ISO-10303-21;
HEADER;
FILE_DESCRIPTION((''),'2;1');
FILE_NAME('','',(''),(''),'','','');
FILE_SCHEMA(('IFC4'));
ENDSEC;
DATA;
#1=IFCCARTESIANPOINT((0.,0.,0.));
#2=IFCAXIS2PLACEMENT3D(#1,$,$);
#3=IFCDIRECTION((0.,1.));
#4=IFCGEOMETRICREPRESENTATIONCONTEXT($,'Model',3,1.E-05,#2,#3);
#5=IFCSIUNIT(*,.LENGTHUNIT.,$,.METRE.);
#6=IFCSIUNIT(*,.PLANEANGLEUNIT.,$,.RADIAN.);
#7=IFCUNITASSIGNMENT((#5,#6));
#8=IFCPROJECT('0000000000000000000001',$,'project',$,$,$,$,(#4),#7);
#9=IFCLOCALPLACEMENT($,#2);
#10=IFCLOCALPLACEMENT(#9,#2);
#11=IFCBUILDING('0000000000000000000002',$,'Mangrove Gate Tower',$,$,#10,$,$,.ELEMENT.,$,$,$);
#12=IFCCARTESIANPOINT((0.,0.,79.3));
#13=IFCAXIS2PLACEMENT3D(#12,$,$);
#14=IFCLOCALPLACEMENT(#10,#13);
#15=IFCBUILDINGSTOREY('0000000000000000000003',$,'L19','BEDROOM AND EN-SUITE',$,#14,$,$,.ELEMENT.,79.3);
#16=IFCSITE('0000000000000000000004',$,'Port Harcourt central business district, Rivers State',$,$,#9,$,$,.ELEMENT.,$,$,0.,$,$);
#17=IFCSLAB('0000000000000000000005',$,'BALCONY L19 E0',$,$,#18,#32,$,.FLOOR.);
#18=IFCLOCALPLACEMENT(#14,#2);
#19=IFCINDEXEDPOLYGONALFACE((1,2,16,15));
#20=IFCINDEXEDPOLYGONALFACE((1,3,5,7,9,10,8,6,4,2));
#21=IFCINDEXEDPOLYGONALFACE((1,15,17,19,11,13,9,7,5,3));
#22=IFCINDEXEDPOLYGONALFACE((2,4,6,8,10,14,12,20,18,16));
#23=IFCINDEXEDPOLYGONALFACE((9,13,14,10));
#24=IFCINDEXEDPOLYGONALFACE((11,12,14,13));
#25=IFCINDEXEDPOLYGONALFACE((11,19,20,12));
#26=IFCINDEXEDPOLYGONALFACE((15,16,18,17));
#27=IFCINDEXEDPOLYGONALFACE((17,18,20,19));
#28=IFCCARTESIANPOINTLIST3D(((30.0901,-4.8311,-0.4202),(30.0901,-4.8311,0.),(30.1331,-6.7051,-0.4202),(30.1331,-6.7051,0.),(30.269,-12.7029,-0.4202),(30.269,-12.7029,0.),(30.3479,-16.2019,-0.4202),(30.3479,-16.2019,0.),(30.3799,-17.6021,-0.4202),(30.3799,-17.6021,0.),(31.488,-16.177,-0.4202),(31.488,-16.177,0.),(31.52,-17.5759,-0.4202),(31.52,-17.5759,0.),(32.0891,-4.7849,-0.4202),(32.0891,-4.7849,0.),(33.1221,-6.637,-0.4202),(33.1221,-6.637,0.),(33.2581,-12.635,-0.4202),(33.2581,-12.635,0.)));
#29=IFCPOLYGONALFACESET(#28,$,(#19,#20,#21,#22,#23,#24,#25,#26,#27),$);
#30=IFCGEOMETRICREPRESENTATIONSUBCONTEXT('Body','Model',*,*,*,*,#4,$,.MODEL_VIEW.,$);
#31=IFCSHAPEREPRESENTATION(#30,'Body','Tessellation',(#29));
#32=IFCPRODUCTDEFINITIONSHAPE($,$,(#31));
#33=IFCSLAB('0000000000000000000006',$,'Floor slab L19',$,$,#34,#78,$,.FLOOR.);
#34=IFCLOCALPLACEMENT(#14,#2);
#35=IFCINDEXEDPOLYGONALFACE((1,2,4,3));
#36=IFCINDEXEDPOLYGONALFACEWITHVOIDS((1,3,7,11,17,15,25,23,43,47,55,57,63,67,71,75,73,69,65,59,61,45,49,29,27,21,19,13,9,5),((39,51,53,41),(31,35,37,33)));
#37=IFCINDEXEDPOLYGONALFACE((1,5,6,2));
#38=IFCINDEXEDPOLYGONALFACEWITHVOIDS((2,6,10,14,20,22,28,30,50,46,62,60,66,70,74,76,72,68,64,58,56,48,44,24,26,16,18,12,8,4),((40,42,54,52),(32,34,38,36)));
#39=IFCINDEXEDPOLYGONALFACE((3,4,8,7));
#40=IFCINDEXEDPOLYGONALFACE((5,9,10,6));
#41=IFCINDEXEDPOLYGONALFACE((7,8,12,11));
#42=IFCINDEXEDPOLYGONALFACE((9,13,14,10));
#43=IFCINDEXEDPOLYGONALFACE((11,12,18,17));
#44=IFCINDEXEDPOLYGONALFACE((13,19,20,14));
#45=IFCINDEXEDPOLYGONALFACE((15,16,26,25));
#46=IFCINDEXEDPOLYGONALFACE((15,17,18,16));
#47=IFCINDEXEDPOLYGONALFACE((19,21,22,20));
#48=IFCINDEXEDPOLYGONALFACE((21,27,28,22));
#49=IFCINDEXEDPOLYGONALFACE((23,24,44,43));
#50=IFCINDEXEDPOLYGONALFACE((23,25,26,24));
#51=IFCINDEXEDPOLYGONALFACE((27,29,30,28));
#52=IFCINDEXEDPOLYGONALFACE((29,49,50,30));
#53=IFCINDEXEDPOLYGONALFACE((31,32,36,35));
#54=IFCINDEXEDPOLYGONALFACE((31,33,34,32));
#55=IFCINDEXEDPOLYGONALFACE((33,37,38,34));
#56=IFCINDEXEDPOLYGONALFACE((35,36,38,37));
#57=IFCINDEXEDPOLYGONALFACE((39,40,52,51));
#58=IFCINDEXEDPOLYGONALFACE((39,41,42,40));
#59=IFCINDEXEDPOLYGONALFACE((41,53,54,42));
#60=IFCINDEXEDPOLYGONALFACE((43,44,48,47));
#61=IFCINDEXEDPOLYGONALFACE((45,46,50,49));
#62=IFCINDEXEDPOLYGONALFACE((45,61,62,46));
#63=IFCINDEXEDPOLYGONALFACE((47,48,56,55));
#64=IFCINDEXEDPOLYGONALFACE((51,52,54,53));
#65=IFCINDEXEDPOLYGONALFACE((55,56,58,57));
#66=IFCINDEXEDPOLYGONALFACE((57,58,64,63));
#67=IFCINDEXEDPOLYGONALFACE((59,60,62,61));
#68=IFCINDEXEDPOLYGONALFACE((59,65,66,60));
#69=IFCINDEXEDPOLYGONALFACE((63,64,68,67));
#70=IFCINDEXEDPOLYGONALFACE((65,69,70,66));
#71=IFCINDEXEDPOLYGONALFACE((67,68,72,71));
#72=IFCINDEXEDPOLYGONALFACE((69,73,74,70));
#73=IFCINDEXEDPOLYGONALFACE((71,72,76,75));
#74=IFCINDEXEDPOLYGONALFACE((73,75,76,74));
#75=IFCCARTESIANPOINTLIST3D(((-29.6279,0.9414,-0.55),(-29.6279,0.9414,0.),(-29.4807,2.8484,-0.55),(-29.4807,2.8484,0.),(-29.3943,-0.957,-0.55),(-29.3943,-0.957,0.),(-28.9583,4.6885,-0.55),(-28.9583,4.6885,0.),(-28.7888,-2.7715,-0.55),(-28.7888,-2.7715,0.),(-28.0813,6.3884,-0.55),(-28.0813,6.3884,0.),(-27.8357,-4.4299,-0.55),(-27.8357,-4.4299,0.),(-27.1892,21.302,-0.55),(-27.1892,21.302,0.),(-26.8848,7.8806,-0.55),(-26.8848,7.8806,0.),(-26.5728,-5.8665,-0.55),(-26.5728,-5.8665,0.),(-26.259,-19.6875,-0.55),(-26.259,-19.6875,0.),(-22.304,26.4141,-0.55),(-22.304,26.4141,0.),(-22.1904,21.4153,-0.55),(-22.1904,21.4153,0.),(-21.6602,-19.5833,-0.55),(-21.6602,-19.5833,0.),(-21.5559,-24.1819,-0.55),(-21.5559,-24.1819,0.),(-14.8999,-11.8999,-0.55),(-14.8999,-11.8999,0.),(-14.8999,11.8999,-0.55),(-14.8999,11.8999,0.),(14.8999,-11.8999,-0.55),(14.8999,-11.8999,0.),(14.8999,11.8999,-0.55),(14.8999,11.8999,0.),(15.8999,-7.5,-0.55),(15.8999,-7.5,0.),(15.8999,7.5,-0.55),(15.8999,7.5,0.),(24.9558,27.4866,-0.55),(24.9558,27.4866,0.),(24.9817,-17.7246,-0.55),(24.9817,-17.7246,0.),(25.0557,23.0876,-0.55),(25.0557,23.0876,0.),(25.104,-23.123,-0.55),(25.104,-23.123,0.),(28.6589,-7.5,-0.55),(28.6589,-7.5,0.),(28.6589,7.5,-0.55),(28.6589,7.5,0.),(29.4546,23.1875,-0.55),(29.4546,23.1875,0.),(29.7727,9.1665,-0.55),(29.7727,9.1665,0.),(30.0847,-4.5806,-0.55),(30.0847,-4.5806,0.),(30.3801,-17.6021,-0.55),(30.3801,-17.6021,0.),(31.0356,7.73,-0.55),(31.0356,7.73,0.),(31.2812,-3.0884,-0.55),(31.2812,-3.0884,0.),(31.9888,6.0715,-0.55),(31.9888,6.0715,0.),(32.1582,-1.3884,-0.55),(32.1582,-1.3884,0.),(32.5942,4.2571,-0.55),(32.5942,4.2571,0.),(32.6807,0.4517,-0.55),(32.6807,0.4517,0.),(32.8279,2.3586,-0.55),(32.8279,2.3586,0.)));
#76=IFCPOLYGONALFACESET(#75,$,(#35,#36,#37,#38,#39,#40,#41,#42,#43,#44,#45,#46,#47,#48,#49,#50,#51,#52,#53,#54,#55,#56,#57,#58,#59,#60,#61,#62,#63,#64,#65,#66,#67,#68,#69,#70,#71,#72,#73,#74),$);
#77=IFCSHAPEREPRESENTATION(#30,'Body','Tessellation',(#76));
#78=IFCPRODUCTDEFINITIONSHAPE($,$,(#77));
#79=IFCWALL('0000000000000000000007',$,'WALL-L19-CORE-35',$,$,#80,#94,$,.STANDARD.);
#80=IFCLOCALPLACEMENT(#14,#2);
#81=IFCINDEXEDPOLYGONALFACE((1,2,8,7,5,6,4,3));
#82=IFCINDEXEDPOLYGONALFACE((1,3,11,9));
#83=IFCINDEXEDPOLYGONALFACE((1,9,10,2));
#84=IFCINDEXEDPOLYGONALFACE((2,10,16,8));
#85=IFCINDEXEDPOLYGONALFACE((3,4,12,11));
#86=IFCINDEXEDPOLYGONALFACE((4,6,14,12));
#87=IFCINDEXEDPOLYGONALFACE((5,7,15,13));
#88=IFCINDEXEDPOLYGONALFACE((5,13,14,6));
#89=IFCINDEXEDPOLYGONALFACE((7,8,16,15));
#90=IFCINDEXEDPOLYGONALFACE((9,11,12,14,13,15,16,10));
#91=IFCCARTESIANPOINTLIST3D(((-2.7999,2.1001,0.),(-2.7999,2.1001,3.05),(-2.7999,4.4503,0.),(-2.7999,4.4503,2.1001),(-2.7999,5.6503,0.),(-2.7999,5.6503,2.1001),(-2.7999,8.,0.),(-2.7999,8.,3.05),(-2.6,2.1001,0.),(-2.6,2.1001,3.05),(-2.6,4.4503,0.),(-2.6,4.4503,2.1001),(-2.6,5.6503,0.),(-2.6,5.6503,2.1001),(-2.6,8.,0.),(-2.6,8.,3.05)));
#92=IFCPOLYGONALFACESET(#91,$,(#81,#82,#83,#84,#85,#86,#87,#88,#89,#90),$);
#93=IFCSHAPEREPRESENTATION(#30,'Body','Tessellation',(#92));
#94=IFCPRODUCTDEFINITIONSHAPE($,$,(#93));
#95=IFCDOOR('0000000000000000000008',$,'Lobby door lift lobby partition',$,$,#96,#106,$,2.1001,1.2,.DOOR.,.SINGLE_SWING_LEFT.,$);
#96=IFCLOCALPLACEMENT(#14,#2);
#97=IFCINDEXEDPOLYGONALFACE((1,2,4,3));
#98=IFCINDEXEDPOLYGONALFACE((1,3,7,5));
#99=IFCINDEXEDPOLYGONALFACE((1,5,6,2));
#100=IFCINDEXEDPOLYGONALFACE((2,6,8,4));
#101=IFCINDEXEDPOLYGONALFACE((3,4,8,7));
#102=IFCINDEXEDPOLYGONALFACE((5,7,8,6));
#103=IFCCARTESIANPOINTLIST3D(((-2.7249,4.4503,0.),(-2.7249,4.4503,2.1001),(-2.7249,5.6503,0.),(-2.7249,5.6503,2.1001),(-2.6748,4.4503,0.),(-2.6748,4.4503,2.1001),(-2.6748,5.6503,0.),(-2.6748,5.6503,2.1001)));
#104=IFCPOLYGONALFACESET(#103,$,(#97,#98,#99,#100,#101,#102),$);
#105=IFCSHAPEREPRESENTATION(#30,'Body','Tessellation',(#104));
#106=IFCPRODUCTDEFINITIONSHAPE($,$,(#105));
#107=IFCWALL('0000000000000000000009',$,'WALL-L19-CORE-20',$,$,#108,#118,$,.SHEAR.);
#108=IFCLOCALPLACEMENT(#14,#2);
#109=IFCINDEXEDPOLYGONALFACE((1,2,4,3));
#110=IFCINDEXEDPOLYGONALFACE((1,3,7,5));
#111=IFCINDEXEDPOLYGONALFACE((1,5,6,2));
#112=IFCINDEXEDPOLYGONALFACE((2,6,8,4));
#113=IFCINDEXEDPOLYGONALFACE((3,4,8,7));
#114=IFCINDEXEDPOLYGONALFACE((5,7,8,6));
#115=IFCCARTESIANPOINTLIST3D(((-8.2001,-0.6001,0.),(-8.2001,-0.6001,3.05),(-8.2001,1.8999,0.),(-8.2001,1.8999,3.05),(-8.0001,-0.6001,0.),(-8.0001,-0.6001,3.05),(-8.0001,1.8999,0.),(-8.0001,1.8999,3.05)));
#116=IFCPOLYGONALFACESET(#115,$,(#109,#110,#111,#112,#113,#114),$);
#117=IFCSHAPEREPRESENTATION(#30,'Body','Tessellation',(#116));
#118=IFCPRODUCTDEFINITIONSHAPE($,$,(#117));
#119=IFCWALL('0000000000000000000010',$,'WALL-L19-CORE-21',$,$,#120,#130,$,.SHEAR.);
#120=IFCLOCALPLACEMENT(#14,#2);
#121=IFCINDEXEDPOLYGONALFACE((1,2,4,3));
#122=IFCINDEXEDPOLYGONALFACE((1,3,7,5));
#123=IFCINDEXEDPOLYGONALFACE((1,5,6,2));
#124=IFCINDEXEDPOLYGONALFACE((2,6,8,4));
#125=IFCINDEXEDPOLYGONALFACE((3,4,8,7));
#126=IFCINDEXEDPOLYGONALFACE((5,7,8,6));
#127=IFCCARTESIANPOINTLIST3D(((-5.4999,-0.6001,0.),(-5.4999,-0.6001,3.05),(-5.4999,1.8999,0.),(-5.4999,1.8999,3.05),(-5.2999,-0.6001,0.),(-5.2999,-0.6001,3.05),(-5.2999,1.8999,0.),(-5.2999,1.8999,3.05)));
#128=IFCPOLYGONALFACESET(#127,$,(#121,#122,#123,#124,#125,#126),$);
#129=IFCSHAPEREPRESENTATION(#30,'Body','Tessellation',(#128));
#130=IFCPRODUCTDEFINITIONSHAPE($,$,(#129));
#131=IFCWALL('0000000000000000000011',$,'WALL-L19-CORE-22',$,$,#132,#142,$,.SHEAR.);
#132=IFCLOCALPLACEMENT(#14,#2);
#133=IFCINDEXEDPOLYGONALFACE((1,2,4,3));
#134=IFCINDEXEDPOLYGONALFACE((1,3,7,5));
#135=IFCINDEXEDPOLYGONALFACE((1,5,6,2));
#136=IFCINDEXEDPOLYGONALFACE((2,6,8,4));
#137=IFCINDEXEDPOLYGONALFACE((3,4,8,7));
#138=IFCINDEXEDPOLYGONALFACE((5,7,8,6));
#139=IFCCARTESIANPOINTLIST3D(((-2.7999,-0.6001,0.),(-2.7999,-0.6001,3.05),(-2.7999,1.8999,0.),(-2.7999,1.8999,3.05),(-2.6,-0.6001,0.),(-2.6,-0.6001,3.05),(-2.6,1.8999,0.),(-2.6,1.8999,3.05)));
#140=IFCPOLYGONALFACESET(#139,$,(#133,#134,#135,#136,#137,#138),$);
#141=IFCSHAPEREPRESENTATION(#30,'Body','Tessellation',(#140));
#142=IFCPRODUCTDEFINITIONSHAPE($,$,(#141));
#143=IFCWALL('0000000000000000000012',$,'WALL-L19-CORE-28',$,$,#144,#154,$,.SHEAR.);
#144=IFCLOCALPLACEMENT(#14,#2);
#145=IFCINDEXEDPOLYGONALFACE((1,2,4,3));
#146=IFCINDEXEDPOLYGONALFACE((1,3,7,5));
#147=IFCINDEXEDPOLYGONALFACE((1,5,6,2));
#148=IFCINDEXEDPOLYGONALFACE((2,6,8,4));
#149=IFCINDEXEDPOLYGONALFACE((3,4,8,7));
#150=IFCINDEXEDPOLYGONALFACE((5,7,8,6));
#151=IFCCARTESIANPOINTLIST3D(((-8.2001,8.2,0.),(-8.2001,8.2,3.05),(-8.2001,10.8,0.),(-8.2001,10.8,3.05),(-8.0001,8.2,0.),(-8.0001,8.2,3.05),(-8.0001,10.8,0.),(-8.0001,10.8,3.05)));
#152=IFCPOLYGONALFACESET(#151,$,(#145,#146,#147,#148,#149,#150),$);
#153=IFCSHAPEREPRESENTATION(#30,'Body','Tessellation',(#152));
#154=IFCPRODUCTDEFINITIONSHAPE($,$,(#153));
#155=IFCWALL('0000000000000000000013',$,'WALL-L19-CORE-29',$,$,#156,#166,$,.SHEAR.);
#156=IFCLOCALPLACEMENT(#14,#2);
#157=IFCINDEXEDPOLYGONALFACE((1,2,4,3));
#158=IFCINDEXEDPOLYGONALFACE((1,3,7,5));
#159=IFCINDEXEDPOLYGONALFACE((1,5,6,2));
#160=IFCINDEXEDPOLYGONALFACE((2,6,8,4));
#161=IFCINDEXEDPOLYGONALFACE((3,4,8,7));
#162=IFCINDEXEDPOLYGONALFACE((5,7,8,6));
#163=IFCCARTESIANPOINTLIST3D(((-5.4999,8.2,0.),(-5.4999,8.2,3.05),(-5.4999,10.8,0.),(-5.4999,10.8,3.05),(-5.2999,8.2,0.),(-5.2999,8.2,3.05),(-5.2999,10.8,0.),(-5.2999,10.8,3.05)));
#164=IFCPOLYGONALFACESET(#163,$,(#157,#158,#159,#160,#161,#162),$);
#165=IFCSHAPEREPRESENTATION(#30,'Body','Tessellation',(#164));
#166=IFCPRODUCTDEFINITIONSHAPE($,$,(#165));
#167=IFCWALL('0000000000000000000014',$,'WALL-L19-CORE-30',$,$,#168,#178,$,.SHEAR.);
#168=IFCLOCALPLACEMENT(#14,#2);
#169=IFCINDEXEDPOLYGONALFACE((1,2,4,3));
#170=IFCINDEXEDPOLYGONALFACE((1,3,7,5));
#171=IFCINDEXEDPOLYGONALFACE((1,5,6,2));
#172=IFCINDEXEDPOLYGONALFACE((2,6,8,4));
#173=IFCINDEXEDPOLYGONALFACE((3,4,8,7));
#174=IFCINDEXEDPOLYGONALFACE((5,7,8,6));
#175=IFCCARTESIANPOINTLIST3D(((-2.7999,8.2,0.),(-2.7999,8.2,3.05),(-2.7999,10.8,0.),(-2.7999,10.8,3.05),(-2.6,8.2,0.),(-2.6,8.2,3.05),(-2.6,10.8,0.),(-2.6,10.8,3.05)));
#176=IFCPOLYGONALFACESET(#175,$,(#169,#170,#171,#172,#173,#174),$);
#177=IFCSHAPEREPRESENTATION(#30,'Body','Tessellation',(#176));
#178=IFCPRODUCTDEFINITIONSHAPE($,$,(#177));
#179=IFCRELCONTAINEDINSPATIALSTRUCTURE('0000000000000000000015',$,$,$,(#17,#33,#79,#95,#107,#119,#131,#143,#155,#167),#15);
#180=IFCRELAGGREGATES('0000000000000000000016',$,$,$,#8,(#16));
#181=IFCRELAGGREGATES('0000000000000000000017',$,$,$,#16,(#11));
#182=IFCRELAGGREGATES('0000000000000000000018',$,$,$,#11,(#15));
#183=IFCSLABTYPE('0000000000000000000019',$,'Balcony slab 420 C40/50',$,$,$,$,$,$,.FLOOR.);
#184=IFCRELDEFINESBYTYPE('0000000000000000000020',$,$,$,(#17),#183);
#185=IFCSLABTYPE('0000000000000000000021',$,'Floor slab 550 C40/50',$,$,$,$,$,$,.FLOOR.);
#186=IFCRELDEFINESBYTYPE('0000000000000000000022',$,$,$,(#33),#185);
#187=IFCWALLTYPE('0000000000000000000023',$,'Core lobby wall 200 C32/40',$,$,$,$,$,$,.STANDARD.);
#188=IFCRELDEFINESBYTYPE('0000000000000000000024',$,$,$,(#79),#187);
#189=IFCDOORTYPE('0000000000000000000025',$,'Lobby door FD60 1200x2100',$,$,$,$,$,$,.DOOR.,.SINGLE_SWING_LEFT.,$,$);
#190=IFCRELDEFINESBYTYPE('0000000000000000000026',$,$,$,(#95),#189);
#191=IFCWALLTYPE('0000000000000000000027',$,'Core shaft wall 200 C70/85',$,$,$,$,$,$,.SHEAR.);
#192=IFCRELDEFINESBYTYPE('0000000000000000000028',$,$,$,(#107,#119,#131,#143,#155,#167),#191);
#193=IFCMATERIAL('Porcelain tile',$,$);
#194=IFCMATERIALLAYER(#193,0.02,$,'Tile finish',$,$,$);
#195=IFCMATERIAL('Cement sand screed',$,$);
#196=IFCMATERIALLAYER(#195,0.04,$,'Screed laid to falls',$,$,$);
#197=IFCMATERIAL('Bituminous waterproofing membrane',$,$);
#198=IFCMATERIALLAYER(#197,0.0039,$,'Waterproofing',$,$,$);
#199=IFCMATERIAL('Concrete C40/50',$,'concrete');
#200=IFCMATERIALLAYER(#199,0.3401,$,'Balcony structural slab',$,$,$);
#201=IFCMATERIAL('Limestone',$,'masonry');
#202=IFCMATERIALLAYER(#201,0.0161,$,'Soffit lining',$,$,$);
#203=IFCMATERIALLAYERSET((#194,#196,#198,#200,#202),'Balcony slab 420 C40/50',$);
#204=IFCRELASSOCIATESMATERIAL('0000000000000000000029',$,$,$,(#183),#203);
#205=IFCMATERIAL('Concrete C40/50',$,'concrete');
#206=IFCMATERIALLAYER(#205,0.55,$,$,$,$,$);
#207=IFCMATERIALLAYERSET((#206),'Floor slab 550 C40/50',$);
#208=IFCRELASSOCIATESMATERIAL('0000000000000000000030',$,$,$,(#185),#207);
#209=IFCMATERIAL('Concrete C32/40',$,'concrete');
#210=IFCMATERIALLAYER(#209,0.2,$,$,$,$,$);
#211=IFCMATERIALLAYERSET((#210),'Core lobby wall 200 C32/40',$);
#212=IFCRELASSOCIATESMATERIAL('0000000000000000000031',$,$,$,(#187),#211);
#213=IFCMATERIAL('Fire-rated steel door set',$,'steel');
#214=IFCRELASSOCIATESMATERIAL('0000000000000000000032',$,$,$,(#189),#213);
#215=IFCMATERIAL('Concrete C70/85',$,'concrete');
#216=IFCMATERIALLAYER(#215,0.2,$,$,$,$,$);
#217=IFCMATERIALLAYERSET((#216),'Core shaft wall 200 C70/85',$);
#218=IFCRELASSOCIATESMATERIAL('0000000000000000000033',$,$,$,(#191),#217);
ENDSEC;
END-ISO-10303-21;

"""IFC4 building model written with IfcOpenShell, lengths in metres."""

from ifc_helpers import new_model, si_unit, direction, frame, frame_2d, origin, place, context, subcontext, project, spatial, polyline, rectangle, outline, extrude, material, layer, layer_set, type_object, element, fill, save


model = new_model("IFC4")

# Units and contexts
model_context = context("Model", 3, precision=1e-05, world=origin(), true_north=direction((0.0, 1.0)))
body_context = subcontext(model_context, "Body", "Model", "MODEL_VIEW")
ifc_project = project(units=[si_unit("LENGTHUNIT", "METRE"), si_unit("PLANEANGLEUNIT", "RADIAN")], contexts=[model_context])

# Site, building, storey
site_placement = place(None, origin())
site = spatial("IfcSite", under=ifc_project, at=site_placement, Name="Port Harcourt central business district, Rivers State", CompositionType="ELEMENT", RefElevation=0.0)
building_placement = place(site_placement, origin())
building = spatial("IfcBuilding", under=site, at=building_placement, Name="Mangrove Gate Tower", CompositionType="ELEMENT")
storey_placement = place(building_placement, frame((0.0, 0.0, 79.3)))
storey = spatial("IfcBuildingStorey", under=building, at=storey_placement, Name="L19", Description="BEDROOM AND EN-SUITE", CompositionType="ELEMENT", Elevation=79.3)

# Slabs
ifc_material_1 = material(Name="Porcelain tile")
ifc_layer_1 = layer(ifc_material_1, 0.02, Name="Tile finish")
ifc_material_2 = material(Name="Cement sand screed")
ifc_layer_2 = layer(ifc_material_2, 0.04, Name="Screed laid to falls")
ifc_material_3 = material(Name="Bituminous waterproofing membrane")
ifc_layer_3 = layer(ifc_material_3, 0.0039, Name="Waterproofing")
ifc_material_4 = material(Name="Concrete C40/50", Category="concrete")
ifc_layer_4 = layer(ifc_material_4, 0.3401, Name="Balcony structural slab")
ifc_material_5 = material(Name="Limestone", Category="masonry")
ifc_layer_5 = layer(ifc_material_5, 0.0161, Name="Soffit lining")
ifc_layer_set_1 = layer_set([ifc_layer_1, ifc_layer_2, ifc_layer_3, ifc_layer_4, ifc_layer_5], Name="Balcony slab 420 C40/50")
slab_type_1 = type_object("IfcSlabType", Name="Balcony slab 420 C40/50", PredefinedType="FLOOR", material=ifc_layer_set_1)
slab_1_placement = place(storey_placement, frame((0.0, 0.0, -0.4202)))
element("IfcSlab", 1, at=slab_1_placement, inside=storey, type_object=slab_type_1, Name="BALCONY L19 E0", PredefinedType="FLOOR", context=body_context, shape_type="SweptSolid", body=[
    extrude(outline(polyline([(31.52, -17.5759), (31.488, -16.177), (33.2581, -12.635), (33.1221, -6.637), (32.0891, -4.7849), (30.0901, -4.8311), (30.1331, -6.7051), (30.269, -12.7029), (30.3479, -16.2019), (30.3799, -17.6021), (31.52, -17.5759)])), origin(), (0.0, 0.0, 1.0), 0.4202),
])
ifc_material_6 = material(Name="Concrete C40/50", Category="concrete")
ifc_layer_6 = layer(ifc_material_6, 0.55)
ifc_layer_set_2 = layer_set([ifc_layer_6], Name="Floor slab 550 C40/50")
slab_type_2 = type_object("IfcSlabType", Name="Floor slab 550 C40/50", PredefinedType="FLOOR", material=ifc_layer_set_2)
slab_2_placement = place(storey_placement, frame((0.0, 0.0, -0.55)))
element("IfcSlab", 2, at=slab_2_placement, inside=storey, type_object=slab_type_2, Name="Floor slab L19", PredefinedType="FLOOR", context=body_context, shape_type="SweptSolid", body=[
    extrude(outline(polyline([(-21.5559, -24.1819), (25.104, -23.123), (24.9817, -17.7246), (30.3801, -17.6021), (30.0847, -4.5806), (31.2812, -3.0884), (32.1582, -1.3884), (32.6807, 0.4517), (32.8279, 2.3586), (32.5942, 4.2571), (31.9888, 6.0715), (31.0356, 7.73), (29.7727, 9.1665), (29.4546, 23.1875), (25.0557, 23.0876), (24.9558, 27.4866), (-22.304, 26.4141), (-22.1904, 21.4153), (-27.1892, 21.302), (-26.8848, 7.8806), (-28.0813, 6.3884), (-28.9583, 4.6885), (-29.4807, 2.8484), (-29.6279, 0.9414), (-29.3943, -0.957), (-28.7888, -2.7715), (-27.8357, -4.4299), (-26.5728, -5.8665), (-26.259, -19.6875), (-21.6602, -19.5833), (-21.5559, -24.1819)]), holes=[polyline([(15.8999, 7.5), (28.6589, 7.5), (28.6589, -7.5), (15.8999, -7.5), (15.8999, 7.5)]), polyline([(-14.8999, -11.8999), (-14.8999, 11.8999), (14.8999, 11.8999), (14.8999, -11.8999), (-14.8999, -11.8999)])]), origin(), (0.0, 0.0, 1.0), 0.55),
])

# Wall, opening, door
ifc_material_7 = material(Name="Concrete C32/40", Category="concrete")
ifc_layer_7 = layer(ifc_material_7, 0.2)
ifc_layer_set_3 = layer_set([ifc_layer_7], Name="Core lobby wall 200 C32/40")
wall_type_1 = type_object("IfcWallType", Name="Core lobby wall 200 C32/40", PredefinedType="STANDARD", material=ifc_layer_set_3)
wall_placement = place(storey_placement, frame((-2.7, 2.1001, 0.0), z_axis=(0.0, 0.0, 1.0), x_axis=(0.0, 1.0, 0.0)))
wall = element("IfcWall", 3, at=wall_placement, inside=storey, type_object=wall_type_1, Name="WALL-L19-CORE-35", PredefinedType="STANDARD", context=body_context, shape_type="SweptSolid", body=[
    extrude(rectangle(XDim=5.8999, YDim=0.2, at=frame_2d((2.95, 0.0))), origin(), (0.0, 0.0, 1.0), 3.05),
])
opening_placement = place(wall_placement, frame((2.3501, 0.0, 0.0)))
opening = element("IfcOpeningElement", 4, at=opening_placement, cuts=wall, PredefinedType="OPENING", context=body_context, shape_type="SweptSolid", body=[
    extrude(rectangle(XDim=1.2, YDim=2.1001, at=frame_2d((0.6001, 1.05))), frame((0.0, 0.1099, 0.0), z_axis=(0.0, -1.0, 0.0), x_axis=(1.0, 0.0, 0.0)), (0.0, 0.0, 1.0), 0.22),
])
ifc_material_8 = material(Name="Fire-rated steel door set", Category="steel")
door_type = type_object("IfcDoorType", Name="Lobby door FD60 1200x2100", OperationType="SINGLE_SWING_LEFT", PredefinedType="DOOR", material=ifc_material_8)
door_placement = place(opening_placement, origin())
door = element("IfcDoor", 5, at=door_placement, inside=storey, type_object=door_type, Name="Lobby door lift lobby partition", OperationType="SINGLE_SWING_LEFT", OverallHeight=2.1001, OverallWidth=1.2, PredefinedType="DOOR", context=body_context, shape_type="SweptSolid", body=[
    extrude(rectangle(XDim=1.2, YDim=2.1001, at=frame_2d((0.6001, 1.05))), frame((0.0, 0.0249, 0.0), z_axis=(0.0, -1.0, 0.0), x_axis=(1.0, 0.0, 0.0)), (0.0, 0.0, 1.0), 0.05),
])
fill(opening, door)

# Walls
ifc_material_9 = material(Name="Concrete C70/85", Category="concrete")
ifc_layer_8 = layer(ifc_material_9, 0.2)
ifc_layer_set_4 = layer_set([ifc_layer_8], Name="Core shaft wall 200 C70/85")
wall_type_2 = type_object("IfcWallType", Name="Core shaft wall 200 C70/85", PredefinedType="SHEAR", material=ifc_layer_set_4)
for number, where, z_axis, x_axis, name in (
    (6, (-8.1001, -0.6001, 0.0), (0.0, 0.0, 1.0), (0.0, 1.0, 0.0), "WALL-L19-CORE-20"),
    (7, (-5.3999, -0.6001, 0.0), (0.0, 0.0, 1.0), (0.0, 1.0, 0.0), "WALL-L19-CORE-21"),
    (8, (-2.7, -0.6001, 0.0), (0.0, 0.0, 1.0), (0.0, 1.0, 0.0), "WALL-L19-CORE-22"),
):
    element("IfcWall", number, at=place(storey_placement, frame(where, z_axis=z_axis, x_axis=x_axis)), inside=storey, type_object=wall_type_2, Name=name, PredefinedType="SHEAR", context=body_context, shape_type="SweptSolid", body=[
        extrude(rectangle(XDim=2.5, YDim=0.2, at=frame_2d((1.25, 0.0))), origin(), (0.0, 0.0, 1.0), 3.05),
    ])
for number, where, z_axis, x_axis, name in (
    (9, (-8.1001, 8.2, 0.0), (0.0, 0.0, 1.0), (0.0, 1.0, 0.0), "WALL-L19-CORE-28"),
    (10, (-5.3999, 8.2, 0.0), (0.0, 0.0, 1.0), (0.0, 1.0, 0.0), "WALL-L19-CORE-29"),
    (11, (-2.7, 8.2, 0.0), (0.0, 0.0, 1.0), (0.0, 1.0, 0.0), "WALL-L19-CORE-30"),
):
    element("IfcWall", number, at=place(storey_placement, frame(where, z_axis=z_axis, x_axis=x_axis)), inside=storey, type_object=wall_type_2, Name=name, PredefinedType="SHEAR", context=body_context, shape_type="SweptSolid", body=[
        extrude(rectangle(XDim=2.6001, YDim=0.2, at=frame_2d((1.3, 0.0))), origin(), (0.0, 0.0, 1.0), 3.05),
    ])

save(model, "model.ifc")
